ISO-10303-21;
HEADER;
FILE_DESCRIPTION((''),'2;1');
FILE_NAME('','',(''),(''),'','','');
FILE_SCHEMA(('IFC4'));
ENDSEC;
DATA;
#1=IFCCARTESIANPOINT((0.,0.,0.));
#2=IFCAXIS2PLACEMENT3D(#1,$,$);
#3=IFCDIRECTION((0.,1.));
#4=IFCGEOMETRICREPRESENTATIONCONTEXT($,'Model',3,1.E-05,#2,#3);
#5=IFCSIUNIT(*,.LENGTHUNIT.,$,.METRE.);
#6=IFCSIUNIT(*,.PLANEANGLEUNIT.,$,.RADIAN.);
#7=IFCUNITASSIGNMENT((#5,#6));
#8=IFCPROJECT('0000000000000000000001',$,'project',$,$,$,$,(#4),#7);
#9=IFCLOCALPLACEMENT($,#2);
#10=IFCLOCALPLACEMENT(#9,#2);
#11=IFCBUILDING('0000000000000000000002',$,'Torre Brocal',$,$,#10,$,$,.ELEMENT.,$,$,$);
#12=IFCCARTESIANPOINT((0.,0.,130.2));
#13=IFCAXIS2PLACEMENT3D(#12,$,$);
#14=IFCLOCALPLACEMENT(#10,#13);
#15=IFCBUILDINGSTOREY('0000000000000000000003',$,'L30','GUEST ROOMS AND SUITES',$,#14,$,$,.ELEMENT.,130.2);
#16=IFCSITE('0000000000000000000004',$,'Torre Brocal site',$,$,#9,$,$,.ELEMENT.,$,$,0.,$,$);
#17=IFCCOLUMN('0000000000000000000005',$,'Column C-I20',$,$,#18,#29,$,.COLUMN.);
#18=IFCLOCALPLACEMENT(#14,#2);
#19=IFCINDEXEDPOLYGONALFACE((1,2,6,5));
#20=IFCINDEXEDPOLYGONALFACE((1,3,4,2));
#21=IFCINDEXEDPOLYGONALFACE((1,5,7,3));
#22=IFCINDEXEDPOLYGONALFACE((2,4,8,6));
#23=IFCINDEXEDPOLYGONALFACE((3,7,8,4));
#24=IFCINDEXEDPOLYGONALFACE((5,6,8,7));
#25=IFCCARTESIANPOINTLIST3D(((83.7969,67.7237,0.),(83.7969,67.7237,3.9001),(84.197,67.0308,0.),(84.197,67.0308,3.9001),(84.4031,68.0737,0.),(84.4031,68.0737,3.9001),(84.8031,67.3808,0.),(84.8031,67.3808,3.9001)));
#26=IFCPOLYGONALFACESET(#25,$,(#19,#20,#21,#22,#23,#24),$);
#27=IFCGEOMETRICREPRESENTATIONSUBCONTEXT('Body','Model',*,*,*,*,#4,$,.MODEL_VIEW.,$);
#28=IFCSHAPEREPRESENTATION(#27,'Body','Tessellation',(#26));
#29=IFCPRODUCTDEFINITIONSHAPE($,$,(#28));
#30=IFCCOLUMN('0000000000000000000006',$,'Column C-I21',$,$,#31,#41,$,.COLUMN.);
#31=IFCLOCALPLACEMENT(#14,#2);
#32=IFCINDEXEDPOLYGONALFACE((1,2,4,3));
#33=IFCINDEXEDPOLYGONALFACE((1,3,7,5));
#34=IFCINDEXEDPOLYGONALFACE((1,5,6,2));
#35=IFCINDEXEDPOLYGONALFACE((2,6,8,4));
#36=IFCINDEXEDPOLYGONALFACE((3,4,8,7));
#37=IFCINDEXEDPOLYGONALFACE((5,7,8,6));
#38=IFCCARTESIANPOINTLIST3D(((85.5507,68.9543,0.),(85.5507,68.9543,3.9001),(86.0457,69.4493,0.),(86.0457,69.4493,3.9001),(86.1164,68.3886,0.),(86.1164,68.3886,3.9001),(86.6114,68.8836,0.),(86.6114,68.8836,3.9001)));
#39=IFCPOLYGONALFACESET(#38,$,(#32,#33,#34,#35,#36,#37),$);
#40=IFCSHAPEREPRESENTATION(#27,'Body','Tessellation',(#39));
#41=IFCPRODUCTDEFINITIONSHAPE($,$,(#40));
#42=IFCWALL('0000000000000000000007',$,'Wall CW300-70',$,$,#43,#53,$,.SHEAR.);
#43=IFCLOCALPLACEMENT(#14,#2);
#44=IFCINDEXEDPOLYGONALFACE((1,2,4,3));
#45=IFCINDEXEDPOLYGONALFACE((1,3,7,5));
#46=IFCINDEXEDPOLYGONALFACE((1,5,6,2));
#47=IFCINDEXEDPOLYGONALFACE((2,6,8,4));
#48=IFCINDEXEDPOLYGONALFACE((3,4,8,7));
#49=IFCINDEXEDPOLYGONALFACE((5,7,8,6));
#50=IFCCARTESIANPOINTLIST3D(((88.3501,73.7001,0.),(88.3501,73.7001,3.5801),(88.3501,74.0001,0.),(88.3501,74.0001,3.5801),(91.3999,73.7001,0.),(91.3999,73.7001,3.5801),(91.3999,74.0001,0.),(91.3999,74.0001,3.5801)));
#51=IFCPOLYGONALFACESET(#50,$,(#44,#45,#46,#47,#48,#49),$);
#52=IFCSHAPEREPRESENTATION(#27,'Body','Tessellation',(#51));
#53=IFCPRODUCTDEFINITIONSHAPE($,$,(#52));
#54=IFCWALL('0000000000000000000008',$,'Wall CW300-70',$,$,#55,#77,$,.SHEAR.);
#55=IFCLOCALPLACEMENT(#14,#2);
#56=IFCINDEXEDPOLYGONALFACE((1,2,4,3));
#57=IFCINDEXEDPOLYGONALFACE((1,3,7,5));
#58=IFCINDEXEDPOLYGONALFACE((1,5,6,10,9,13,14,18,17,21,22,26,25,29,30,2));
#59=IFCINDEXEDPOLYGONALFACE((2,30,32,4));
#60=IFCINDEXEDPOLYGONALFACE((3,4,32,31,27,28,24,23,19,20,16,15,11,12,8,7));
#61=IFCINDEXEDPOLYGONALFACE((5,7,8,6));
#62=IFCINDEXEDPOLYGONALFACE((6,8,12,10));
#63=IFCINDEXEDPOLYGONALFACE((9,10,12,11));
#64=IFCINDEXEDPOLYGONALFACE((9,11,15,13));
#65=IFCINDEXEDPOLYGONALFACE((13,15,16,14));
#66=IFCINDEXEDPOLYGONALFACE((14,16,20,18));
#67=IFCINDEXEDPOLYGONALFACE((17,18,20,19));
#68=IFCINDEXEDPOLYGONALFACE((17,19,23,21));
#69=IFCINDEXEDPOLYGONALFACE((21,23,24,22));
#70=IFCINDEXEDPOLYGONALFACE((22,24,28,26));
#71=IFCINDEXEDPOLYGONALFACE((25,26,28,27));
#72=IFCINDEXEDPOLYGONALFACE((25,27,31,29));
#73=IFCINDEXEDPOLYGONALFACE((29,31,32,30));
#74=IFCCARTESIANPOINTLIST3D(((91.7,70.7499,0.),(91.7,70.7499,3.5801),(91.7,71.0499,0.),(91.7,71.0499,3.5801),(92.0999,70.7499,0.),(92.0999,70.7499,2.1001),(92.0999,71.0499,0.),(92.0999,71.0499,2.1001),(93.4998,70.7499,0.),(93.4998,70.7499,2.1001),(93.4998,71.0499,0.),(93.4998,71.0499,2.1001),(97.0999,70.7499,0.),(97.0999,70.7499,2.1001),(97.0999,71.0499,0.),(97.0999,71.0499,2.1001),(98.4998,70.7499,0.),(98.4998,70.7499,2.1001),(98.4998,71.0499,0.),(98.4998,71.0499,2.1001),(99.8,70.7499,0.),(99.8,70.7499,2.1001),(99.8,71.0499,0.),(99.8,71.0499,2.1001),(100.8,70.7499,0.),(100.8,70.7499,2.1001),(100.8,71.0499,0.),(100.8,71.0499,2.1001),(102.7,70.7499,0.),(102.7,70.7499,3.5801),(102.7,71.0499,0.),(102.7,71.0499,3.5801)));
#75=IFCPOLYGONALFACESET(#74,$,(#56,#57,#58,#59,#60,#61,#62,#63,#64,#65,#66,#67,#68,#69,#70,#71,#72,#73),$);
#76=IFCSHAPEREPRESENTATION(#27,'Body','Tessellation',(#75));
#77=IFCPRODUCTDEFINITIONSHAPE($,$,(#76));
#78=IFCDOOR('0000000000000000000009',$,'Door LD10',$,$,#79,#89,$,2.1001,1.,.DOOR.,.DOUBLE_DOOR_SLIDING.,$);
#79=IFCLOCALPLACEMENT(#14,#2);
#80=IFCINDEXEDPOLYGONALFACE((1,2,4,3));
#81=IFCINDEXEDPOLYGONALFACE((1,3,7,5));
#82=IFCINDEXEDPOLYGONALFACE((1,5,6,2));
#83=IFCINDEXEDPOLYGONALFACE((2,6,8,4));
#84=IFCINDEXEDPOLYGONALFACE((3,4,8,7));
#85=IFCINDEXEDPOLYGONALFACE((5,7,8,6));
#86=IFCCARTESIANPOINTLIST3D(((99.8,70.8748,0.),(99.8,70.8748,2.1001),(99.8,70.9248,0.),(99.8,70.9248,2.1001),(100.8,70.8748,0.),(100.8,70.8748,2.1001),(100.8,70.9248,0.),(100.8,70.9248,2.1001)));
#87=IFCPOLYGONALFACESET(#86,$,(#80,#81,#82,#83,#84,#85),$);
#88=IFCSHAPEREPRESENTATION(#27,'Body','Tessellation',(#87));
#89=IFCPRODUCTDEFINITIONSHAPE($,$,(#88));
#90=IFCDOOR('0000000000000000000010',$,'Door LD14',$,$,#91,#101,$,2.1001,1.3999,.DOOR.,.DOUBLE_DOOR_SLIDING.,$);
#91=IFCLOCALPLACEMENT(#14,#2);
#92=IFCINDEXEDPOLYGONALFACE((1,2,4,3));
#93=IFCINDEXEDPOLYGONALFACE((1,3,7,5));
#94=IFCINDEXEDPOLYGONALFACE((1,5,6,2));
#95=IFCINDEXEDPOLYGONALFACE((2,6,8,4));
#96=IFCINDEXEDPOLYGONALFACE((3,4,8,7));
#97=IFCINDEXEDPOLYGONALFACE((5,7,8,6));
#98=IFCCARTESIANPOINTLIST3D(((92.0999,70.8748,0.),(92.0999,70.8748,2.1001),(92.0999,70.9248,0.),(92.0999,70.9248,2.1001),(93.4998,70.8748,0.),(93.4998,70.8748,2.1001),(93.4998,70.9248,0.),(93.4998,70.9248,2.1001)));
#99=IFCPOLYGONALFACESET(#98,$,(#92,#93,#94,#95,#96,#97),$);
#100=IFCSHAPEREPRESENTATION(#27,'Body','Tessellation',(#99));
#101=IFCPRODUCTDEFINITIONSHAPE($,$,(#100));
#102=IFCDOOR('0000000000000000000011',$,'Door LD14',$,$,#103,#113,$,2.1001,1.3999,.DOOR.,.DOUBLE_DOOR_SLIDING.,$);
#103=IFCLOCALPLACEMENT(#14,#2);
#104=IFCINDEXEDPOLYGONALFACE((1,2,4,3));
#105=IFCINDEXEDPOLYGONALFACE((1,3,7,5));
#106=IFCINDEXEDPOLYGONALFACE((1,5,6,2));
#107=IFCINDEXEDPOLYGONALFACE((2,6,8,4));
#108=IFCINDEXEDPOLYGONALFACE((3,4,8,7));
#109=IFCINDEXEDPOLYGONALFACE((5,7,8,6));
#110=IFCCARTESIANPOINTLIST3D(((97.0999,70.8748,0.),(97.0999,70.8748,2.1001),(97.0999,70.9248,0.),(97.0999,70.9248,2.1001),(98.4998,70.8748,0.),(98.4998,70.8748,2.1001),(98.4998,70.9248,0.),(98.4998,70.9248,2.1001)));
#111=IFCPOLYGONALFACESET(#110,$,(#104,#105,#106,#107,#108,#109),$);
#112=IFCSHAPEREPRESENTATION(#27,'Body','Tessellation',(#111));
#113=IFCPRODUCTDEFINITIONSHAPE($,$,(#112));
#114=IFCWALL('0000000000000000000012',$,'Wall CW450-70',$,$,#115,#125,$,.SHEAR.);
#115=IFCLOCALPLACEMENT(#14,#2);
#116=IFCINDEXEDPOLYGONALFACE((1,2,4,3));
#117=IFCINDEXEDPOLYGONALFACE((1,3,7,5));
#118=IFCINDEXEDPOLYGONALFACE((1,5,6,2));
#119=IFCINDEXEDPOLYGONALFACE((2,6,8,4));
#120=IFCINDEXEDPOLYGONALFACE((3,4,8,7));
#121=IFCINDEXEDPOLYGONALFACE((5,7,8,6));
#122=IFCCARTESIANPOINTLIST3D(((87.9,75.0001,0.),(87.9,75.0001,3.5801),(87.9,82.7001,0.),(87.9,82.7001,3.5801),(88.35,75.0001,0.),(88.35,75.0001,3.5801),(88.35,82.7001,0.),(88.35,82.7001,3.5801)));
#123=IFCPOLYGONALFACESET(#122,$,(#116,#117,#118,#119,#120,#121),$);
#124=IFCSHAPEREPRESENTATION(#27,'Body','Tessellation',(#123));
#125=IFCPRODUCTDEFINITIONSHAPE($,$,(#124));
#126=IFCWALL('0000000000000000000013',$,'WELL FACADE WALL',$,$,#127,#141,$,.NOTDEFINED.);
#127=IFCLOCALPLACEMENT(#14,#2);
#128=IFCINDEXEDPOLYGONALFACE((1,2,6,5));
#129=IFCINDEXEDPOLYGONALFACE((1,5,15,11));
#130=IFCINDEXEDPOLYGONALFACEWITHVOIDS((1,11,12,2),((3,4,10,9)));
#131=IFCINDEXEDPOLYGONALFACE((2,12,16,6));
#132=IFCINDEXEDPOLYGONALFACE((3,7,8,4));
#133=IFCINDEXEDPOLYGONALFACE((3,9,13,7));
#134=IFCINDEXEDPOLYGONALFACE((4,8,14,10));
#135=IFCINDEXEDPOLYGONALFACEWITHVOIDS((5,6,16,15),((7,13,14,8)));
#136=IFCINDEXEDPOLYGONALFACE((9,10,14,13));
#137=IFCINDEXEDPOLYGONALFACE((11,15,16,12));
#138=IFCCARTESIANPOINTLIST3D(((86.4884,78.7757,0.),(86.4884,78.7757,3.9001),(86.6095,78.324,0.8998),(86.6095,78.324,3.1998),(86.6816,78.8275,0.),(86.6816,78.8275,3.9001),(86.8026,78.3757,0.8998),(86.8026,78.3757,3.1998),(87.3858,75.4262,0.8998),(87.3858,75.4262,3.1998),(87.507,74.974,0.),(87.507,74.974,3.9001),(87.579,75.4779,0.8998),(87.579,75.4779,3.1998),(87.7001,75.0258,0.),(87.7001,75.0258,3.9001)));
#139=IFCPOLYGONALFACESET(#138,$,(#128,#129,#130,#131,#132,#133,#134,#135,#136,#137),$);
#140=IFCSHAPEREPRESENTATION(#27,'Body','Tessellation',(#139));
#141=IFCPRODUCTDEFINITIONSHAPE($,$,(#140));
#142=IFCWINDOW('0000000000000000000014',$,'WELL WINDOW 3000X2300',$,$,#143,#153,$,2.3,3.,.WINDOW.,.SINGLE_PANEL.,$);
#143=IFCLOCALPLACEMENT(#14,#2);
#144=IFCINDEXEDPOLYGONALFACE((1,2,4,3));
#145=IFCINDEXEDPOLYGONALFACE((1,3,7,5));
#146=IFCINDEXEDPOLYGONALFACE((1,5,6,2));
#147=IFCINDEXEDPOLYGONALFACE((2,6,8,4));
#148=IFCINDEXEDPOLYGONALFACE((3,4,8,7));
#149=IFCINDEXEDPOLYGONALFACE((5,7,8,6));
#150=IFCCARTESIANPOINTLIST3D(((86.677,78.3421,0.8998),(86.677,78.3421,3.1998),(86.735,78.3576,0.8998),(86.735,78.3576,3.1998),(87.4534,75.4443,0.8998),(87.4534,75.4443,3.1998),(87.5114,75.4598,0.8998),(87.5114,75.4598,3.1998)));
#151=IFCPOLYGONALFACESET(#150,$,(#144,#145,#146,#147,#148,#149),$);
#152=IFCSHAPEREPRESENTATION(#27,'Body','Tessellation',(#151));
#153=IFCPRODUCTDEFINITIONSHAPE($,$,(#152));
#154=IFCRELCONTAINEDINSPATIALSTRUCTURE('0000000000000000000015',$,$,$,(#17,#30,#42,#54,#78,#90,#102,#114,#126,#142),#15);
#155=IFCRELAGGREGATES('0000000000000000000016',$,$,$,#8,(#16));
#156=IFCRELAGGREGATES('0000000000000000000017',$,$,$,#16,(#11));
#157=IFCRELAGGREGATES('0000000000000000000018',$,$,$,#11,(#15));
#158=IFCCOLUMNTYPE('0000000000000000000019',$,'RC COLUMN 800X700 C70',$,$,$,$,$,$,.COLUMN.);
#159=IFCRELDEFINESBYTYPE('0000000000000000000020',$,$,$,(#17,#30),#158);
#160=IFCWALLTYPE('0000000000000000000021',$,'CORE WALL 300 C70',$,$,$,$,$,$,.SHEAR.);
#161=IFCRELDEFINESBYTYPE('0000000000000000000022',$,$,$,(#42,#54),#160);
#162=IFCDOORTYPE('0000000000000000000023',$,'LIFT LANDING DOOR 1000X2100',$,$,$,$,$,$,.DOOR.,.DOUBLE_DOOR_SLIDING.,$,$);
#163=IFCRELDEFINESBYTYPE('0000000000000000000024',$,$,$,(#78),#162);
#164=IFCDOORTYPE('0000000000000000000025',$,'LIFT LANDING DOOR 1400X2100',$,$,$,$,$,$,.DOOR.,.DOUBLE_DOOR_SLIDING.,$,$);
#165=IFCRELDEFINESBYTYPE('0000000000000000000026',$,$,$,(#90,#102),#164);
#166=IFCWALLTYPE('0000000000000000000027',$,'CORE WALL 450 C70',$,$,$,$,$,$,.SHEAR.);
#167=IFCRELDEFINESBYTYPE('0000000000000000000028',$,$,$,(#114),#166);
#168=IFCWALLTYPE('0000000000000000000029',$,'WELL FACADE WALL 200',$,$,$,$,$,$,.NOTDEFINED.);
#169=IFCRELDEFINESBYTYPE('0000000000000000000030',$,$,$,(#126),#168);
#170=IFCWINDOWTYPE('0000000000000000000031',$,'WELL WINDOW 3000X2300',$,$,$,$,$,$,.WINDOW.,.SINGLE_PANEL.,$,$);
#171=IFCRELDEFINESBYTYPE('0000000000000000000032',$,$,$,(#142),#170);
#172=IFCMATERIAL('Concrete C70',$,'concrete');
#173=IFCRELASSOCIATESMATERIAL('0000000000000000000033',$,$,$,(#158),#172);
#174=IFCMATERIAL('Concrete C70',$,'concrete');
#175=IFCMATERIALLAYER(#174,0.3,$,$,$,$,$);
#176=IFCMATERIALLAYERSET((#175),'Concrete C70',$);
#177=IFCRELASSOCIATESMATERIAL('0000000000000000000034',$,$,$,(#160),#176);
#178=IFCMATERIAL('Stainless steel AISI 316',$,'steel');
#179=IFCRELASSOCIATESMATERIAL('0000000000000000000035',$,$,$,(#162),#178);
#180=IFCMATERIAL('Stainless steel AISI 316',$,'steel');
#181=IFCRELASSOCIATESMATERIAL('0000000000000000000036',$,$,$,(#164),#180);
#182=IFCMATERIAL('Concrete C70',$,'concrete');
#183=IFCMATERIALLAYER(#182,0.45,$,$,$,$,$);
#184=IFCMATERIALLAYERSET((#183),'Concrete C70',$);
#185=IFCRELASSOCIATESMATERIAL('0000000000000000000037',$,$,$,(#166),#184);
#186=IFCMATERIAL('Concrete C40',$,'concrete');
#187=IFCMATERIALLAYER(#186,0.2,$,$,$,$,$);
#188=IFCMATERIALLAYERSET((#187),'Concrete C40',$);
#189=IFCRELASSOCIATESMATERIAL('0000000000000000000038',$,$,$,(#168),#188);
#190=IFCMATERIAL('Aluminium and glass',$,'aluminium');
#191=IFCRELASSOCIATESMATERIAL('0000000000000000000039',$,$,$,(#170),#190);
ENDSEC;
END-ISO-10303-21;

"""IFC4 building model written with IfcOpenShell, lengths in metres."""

from ifc_helpers import new_model, si_unit, direction, frame, frame_2d, origin, origin_2d, place, context, subcontext, project, spatial, rectangle, extrude, material, layer, layer_set, material_profile, profile_set, type_object, element, fill, save


model = new_model("IFC4")

# Units and contexts
model_context = context("Model", 3, precision=1e-05, world=origin(), true_north=direction((0.0, 1.0)))
body_context = subcontext(model_context, "Body", "Model", "MODEL_VIEW")
ifc_project = project(units=[si_unit("LENGTHUNIT", "METRE"), si_unit("PLANEANGLEUNIT", "RADIAN")], contexts=[model_context])

# Site, building, storey
site_placement = place(None, origin())
site = spatial("IfcSite", under=ifc_project, at=site_placement, Name="Torre Brocal site", CompositionType="ELEMENT", RefElevation=0.0)
building_placement = place(site_placement, origin())
building = spatial("IfcBuilding", under=site, at=building_placement, Name="Torre Brocal", CompositionType="ELEMENT")
storey_placement = place(building_placement, frame((0.0, 0.0, 130.2)))
storey = spatial("IfcBuildingStorey", under=building, at=storey_placement, Name="L30", Description="GUEST ROOMS AND SUITES", CompositionType="ELEMENT", Elevation=130.2)

# Columns
ifc_material_1 = material(Name="Concrete C70", Category="concrete")
ifc_material_profile = material_profile(ifc_material_1, rectangle(XDim=0.8, YDim=0.7, at=origin_2d()), Name="RC 800X700")
ifc_profile_set = profile_set([ifc_material_profile], Name="Concrete C70")
column_type = type_object("IfcColumnType", Name="RC COLUMN 800X700 C70", PredefinedType="COLUMN", material=ifc_profile_set)
for number, where, z_axis, x_axis, name in (
    (1, (84.3, 67.5522, 0.0), (0.0, 0.0, 1.0), (0.5, -0.866025, 0.0), "Column C-I20"),
    (2, (86.0811, 68.9189, 0.0), (0.0, 0.0, 1.0), (0.707107, -0.707107, 0.0), "Column C-I21"),
):
    element("IfcColumn", number, at=place(storey_placement, frame(where, z_axis=z_axis, x_axis=x_axis)), inside=storey, type_object=column_type, Name=name, PredefinedType="COLUMN", context=body_context, shape_type="SweptSolid", body=[
        extrude(rectangle(XDim=0.8, YDim=0.7, at=origin_2d()), origin(), (0.0, 0.0, 1.0), 3.9001),
    ])

# Wall
ifc_material_2 = material(Name="Concrete C70", Category="concrete")
ifc_layer_1 = layer(ifc_material_2, 0.3)
ifc_layer_set_1 = layer_set([ifc_layer_1], Name="Concrete C70")
wall_type_1 = type_object("IfcWallType", Name="CORE WALL 300 C70", PredefinedType="SHEAR", material=ifc_layer_set_1)
wall_1_placement = place(storey_placement, frame((88.3501, 73.8501, 0.0), z_axis=(0.0, 0.0, 1.0), x_axis=(1.0, 0.0, 0.0)))
element("IfcWall", 3, at=wall_1_placement, inside=storey, type_object=wall_type_1, Name="Wall CW300-70", PredefinedType="SHEAR", context=body_context, shape_type="SweptSolid", body=[
    extrude(rectangle(XDim=3.0498, YDim=0.3, at=frame_2d((1.5249, 0.0))), origin(), (0.0, 0.0, 1.0), 3.5801),
])

# Wall, openings, doors
wall_2_placement = place(storey_placement, frame((91.7, 70.8999, 0.0), z_axis=(0.0, 0.0, 1.0), x_axis=(1.0, 0.0, 0.0)))
wall_2 = element("IfcWall", 4, at=wall_2_placement, inside=storey, type_object=wall_type_1, Name="Wall CW300-70", PredefinedType="SHEAR", context=body_context, shape_type="SweptSolid", body=[
    extrude(rectangle(XDim=11.0, YDim=0.3, at=frame_2d((5.5, 0.0))), origin(), (0.0, 0.0, 1.0), 3.5801),
])
opening_1_placement = place(wall_2_placement, frame((0.3999, 0.0, 0.0)))
opening_1 = element("IfcOpeningElement", 5, at=opening_1_placement, cuts=wall_2, PredefinedType="OPENING", context=body_context, shape_type="SweptSolid", body=[
    extrude(rectangle(XDim=1.3999, YDim=2.1001, at=frame_2d((0.7, 1.05))), frame((0.0, 0.1599, 0.0), z_axis=(0.0, -1.0, 0.0), x_axis=(1.0, 0.0, 0.0)), (0.0, 0.0, 1.0), 0.3201),
])
opening_2_placement = place(wall_2_placement, frame((5.3999, 0.0, 0.0)))
opening_2 = element("IfcOpeningElement", 6, at=opening_2_placement, cuts=wall_2, PredefinedType="OPENING", context=body_context, shape_type="SweptSolid", body=[
    extrude(rectangle(XDim=1.3999, YDim=2.1001, at=frame_2d((0.7, 1.05))), frame((0.0, 0.1599, 0.0), z_axis=(0.0, -1.0, 0.0), x_axis=(1.0, 0.0, 0.0)), (0.0, 0.0, 1.0), 0.3201),
])
opening_3_placement = place(wall_2_placement, frame((8.1001, 0.0, 0.0)))
opening_3 = element("IfcOpeningElement", 7, at=opening_3_placement, cuts=wall_2, PredefinedType="OPENING", context=body_context, shape_type="SweptSolid", body=[
    extrude(rectangle(XDim=1.0, YDim=2.1001, at=frame_2d((0.5, 1.05))), frame((0.0, 0.1599, 0.0), z_axis=(0.0, -1.0, 0.0), x_axis=(1.0, 0.0, 0.0)), (0.0, 0.0, 1.0), 0.3201),
])
ifc_material_3 = material(Name="Stainless steel AISI 316", Category="steel")
door_type_1 = type_object("IfcDoorType", Name="LIFT LANDING DOOR 1000X2100", OperationType="DOUBLE_DOOR_SLIDING", PredefinedType="DOOR", material=ifc_material_3)
door_1_placement = place(opening_3_placement, origin())
door_1 = element("IfcDoor", 8, at=door_1_placement, inside=storey, type_object=door_type_1, Name="Door LD10", OperationType="DOUBLE_DOOR_SLIDING", OverallHeight=2.1001, OverallWidth=1.0, PredefinedType="DOOR", context=body_context, shape_type="SweptSolid", body=[
    extrude(rectangle(XDim=1.0, YDim=2.1001, at=frame_2d((0.5, 1.05))), frame((0.0, 0.0249, 0.0), z_axis=(0.0, -1.0, 0.0), x_axis=(1.0, 0.0, 0.0)), (0.0, 0.0, 1.0), 0.05),
])
fill(opening_3, door_1)
ifc_material_4 = material(Name="Stainless steel AISI 316", Category="steel")
door_type_2 = type_object("IfcDoorType", Name="LIFT LANDING DOOR 1400X2100", OperationType="DOUBLE_DOOR_SLIDING", PredefinedType="DOOR", material=ifc_material_4)
door_2_placement = place(opening_1_placement, origin())
door_2 = element("IfcDoor", 9, at=door_2_placement, inside=storey, type_object=door_type_2, Name="Door LD14", OperationType="DOUBLE_DOOR_SLIDING", OverallHeight=2.1001, OverallWidth=1.3999, PredefinedType="DOOR", context=body_context, shape_type="SweptSolid", body=[
    extrude(rectangle(XDim=1.3999, YDim=2.1001, at=frame_2d((0.7, 1.05))), frame((0.0, 0.0249, 0.0), z_axis=(0.0, -1.0, 0.0), x_axis=(1.0, 0.0, 0.0)), (0.0, 0.0, 1.0), 0.05),
])
fill(opening_1, door_2)
door_3_placement = place(opening_2_placement, origin())
door_3 = element("IfcDoor", 10, at=door_3_placement, inside=storey, type_object=door_type_2, Name="Door LD14", OperationType="DOUBLE_DOOR_SLIDING", OverallHeight=2.1001, OverallWidth=1.3999, PredefinedType="DOOR", context=body_context, shape_type="SweptSolid", body=[
    extrude(rectangle(XDim=1.3999, YDim=2.1001, at=frame_2d((0.7, 1.05))), frame((0.0, 0.0249, 0.0), z_axis=(0.0, -1.0, 0.0), x_axis=(1.0, 0.0, 0.0)), (0.0, 0.0, 1.0), 0.05),
])
fill(opening_2, door_3)

# Wall
ifc_material_5 = material(Name="Concrete C70", Category="concrete")
ifc_layer_2 = layer(ifc_material_5, 0.45)
ifc_layer_set_2 = layer_set([ifc_layer_2], Name="Concrete C70")
wall_type_2 = type_object("IfcWallType", Name="CORE WALL 450 C70", PredefinedType="SHEAR", material=ifc_layer_set_2)
wall_3_placement = place(storey_placement, frame((88.125, 75.0, 0.0), z_axis=(0.0, 0.0, 1.0), x_axis=(0.0, 1.0, 0.0)))
element("IfcWall", 11, at=wall_3_placement, inside=storey, type_object=wall_type_2, Name="Wall CW450-70", PredefinedType="SHEAR", context=body_context, shape_type="SweptSolid", body=[
    extrude(rectangle(XDim=7.7, YDim=0.45, at=frame_2d((3.8501, 0.0))), origin(), (0.0, 0.0, 1.0), 3.5801),
])

# Wall, opening, window
ifc_material_6 = material(Name="Concrete C40", Category="concrete")
ifc_layer_3 = layer(ifc_material_6, 0.2)
ifc_layer_set_3 = layer_set([ifc_layer_3], Name="Concrete C40")
wall_type_3 = type_object("IfcWallType", Name="WELL FACADE WALL 200", PredefinedType="NOTDEFINED", material=ifc_layer_set_3)
wall_4_placement = place(storey_placement, frame((87.6035, 75.0, 0.0), z_axis=(0.0, 0.0, 1.0), x_axis=(-0.25879, 0.965934, 0.0)))
wall_4 = element("IfcWall", 12, at=wall_4_placement, inside=storey, type_object=wall_type_3, Name="WELL FACADE WALL", PredefinedType="NOTDEFINED", context=body_context, shape_type="SweptSolid", body=[
    extrude(rectangle(XDim=3.9358, YDim=0.2, at=frame_2d((1.9678, 0.0))), origin(), (0.0, 0.0, 1.0), 3.9001),
])
opening_4_placement = place(wall_4_placement, frame((0.468, 0.0, 0.8999)))
opening_4 = element("IfcOpeningElement", 13, at=opening_4_placement, cuts=wall_4, PredefinedType="OPENING", context=body_context, shape_type="SweptSolid", body=[
    extrude(rectangle(XDim=3.0, YDim=2.3, at=frame_2d((1.5, 1.1499))), frame((0.0, 0.1099, 0.0), z_axis=(0.0, -1.0, 0.0), x_axis=(1.0, 0.0, 0.0)), (0.0, 0.0, 1.0), 0.22),
])
ifc_material_7 = material(Name="Aluminium and glass", Category="aluminium")
window_type = type_object("IfcWindowType", Name="WELL WINDOW 3000X2300", PartitioningType="SINGLE_PANEL", PredefinedType="WINDOW", material=ifc_material_7)
window_1_placement = place(opening_4_placement, origin())
window_1 = element("IfcWindow", 14, at=window_1_placement, inside=storey, type_object=window_type, Name="WELL WINDOW 3000X2300", OverallHeight=2.3, OverallWidth=3.0, PartitioningType="SINGLE_PANEL", PredefinedType="WINDOW", context=body_context, shape_type="SweptSolid", body=[
    extrude(rectangle(XDim=3.0, YDim=2.3, at=frame_2d((1.5, 1.1499))), frame((0.0, 0.03, 0.0), z_axis=(0.0, -1.0, 0.0), x_axis=(1.0, 0.0, 0.0)), (0.0, 0.0, 1.0), 0.0601),
])
fill(opening_4, window_1)

save(model, "model.ifc")
